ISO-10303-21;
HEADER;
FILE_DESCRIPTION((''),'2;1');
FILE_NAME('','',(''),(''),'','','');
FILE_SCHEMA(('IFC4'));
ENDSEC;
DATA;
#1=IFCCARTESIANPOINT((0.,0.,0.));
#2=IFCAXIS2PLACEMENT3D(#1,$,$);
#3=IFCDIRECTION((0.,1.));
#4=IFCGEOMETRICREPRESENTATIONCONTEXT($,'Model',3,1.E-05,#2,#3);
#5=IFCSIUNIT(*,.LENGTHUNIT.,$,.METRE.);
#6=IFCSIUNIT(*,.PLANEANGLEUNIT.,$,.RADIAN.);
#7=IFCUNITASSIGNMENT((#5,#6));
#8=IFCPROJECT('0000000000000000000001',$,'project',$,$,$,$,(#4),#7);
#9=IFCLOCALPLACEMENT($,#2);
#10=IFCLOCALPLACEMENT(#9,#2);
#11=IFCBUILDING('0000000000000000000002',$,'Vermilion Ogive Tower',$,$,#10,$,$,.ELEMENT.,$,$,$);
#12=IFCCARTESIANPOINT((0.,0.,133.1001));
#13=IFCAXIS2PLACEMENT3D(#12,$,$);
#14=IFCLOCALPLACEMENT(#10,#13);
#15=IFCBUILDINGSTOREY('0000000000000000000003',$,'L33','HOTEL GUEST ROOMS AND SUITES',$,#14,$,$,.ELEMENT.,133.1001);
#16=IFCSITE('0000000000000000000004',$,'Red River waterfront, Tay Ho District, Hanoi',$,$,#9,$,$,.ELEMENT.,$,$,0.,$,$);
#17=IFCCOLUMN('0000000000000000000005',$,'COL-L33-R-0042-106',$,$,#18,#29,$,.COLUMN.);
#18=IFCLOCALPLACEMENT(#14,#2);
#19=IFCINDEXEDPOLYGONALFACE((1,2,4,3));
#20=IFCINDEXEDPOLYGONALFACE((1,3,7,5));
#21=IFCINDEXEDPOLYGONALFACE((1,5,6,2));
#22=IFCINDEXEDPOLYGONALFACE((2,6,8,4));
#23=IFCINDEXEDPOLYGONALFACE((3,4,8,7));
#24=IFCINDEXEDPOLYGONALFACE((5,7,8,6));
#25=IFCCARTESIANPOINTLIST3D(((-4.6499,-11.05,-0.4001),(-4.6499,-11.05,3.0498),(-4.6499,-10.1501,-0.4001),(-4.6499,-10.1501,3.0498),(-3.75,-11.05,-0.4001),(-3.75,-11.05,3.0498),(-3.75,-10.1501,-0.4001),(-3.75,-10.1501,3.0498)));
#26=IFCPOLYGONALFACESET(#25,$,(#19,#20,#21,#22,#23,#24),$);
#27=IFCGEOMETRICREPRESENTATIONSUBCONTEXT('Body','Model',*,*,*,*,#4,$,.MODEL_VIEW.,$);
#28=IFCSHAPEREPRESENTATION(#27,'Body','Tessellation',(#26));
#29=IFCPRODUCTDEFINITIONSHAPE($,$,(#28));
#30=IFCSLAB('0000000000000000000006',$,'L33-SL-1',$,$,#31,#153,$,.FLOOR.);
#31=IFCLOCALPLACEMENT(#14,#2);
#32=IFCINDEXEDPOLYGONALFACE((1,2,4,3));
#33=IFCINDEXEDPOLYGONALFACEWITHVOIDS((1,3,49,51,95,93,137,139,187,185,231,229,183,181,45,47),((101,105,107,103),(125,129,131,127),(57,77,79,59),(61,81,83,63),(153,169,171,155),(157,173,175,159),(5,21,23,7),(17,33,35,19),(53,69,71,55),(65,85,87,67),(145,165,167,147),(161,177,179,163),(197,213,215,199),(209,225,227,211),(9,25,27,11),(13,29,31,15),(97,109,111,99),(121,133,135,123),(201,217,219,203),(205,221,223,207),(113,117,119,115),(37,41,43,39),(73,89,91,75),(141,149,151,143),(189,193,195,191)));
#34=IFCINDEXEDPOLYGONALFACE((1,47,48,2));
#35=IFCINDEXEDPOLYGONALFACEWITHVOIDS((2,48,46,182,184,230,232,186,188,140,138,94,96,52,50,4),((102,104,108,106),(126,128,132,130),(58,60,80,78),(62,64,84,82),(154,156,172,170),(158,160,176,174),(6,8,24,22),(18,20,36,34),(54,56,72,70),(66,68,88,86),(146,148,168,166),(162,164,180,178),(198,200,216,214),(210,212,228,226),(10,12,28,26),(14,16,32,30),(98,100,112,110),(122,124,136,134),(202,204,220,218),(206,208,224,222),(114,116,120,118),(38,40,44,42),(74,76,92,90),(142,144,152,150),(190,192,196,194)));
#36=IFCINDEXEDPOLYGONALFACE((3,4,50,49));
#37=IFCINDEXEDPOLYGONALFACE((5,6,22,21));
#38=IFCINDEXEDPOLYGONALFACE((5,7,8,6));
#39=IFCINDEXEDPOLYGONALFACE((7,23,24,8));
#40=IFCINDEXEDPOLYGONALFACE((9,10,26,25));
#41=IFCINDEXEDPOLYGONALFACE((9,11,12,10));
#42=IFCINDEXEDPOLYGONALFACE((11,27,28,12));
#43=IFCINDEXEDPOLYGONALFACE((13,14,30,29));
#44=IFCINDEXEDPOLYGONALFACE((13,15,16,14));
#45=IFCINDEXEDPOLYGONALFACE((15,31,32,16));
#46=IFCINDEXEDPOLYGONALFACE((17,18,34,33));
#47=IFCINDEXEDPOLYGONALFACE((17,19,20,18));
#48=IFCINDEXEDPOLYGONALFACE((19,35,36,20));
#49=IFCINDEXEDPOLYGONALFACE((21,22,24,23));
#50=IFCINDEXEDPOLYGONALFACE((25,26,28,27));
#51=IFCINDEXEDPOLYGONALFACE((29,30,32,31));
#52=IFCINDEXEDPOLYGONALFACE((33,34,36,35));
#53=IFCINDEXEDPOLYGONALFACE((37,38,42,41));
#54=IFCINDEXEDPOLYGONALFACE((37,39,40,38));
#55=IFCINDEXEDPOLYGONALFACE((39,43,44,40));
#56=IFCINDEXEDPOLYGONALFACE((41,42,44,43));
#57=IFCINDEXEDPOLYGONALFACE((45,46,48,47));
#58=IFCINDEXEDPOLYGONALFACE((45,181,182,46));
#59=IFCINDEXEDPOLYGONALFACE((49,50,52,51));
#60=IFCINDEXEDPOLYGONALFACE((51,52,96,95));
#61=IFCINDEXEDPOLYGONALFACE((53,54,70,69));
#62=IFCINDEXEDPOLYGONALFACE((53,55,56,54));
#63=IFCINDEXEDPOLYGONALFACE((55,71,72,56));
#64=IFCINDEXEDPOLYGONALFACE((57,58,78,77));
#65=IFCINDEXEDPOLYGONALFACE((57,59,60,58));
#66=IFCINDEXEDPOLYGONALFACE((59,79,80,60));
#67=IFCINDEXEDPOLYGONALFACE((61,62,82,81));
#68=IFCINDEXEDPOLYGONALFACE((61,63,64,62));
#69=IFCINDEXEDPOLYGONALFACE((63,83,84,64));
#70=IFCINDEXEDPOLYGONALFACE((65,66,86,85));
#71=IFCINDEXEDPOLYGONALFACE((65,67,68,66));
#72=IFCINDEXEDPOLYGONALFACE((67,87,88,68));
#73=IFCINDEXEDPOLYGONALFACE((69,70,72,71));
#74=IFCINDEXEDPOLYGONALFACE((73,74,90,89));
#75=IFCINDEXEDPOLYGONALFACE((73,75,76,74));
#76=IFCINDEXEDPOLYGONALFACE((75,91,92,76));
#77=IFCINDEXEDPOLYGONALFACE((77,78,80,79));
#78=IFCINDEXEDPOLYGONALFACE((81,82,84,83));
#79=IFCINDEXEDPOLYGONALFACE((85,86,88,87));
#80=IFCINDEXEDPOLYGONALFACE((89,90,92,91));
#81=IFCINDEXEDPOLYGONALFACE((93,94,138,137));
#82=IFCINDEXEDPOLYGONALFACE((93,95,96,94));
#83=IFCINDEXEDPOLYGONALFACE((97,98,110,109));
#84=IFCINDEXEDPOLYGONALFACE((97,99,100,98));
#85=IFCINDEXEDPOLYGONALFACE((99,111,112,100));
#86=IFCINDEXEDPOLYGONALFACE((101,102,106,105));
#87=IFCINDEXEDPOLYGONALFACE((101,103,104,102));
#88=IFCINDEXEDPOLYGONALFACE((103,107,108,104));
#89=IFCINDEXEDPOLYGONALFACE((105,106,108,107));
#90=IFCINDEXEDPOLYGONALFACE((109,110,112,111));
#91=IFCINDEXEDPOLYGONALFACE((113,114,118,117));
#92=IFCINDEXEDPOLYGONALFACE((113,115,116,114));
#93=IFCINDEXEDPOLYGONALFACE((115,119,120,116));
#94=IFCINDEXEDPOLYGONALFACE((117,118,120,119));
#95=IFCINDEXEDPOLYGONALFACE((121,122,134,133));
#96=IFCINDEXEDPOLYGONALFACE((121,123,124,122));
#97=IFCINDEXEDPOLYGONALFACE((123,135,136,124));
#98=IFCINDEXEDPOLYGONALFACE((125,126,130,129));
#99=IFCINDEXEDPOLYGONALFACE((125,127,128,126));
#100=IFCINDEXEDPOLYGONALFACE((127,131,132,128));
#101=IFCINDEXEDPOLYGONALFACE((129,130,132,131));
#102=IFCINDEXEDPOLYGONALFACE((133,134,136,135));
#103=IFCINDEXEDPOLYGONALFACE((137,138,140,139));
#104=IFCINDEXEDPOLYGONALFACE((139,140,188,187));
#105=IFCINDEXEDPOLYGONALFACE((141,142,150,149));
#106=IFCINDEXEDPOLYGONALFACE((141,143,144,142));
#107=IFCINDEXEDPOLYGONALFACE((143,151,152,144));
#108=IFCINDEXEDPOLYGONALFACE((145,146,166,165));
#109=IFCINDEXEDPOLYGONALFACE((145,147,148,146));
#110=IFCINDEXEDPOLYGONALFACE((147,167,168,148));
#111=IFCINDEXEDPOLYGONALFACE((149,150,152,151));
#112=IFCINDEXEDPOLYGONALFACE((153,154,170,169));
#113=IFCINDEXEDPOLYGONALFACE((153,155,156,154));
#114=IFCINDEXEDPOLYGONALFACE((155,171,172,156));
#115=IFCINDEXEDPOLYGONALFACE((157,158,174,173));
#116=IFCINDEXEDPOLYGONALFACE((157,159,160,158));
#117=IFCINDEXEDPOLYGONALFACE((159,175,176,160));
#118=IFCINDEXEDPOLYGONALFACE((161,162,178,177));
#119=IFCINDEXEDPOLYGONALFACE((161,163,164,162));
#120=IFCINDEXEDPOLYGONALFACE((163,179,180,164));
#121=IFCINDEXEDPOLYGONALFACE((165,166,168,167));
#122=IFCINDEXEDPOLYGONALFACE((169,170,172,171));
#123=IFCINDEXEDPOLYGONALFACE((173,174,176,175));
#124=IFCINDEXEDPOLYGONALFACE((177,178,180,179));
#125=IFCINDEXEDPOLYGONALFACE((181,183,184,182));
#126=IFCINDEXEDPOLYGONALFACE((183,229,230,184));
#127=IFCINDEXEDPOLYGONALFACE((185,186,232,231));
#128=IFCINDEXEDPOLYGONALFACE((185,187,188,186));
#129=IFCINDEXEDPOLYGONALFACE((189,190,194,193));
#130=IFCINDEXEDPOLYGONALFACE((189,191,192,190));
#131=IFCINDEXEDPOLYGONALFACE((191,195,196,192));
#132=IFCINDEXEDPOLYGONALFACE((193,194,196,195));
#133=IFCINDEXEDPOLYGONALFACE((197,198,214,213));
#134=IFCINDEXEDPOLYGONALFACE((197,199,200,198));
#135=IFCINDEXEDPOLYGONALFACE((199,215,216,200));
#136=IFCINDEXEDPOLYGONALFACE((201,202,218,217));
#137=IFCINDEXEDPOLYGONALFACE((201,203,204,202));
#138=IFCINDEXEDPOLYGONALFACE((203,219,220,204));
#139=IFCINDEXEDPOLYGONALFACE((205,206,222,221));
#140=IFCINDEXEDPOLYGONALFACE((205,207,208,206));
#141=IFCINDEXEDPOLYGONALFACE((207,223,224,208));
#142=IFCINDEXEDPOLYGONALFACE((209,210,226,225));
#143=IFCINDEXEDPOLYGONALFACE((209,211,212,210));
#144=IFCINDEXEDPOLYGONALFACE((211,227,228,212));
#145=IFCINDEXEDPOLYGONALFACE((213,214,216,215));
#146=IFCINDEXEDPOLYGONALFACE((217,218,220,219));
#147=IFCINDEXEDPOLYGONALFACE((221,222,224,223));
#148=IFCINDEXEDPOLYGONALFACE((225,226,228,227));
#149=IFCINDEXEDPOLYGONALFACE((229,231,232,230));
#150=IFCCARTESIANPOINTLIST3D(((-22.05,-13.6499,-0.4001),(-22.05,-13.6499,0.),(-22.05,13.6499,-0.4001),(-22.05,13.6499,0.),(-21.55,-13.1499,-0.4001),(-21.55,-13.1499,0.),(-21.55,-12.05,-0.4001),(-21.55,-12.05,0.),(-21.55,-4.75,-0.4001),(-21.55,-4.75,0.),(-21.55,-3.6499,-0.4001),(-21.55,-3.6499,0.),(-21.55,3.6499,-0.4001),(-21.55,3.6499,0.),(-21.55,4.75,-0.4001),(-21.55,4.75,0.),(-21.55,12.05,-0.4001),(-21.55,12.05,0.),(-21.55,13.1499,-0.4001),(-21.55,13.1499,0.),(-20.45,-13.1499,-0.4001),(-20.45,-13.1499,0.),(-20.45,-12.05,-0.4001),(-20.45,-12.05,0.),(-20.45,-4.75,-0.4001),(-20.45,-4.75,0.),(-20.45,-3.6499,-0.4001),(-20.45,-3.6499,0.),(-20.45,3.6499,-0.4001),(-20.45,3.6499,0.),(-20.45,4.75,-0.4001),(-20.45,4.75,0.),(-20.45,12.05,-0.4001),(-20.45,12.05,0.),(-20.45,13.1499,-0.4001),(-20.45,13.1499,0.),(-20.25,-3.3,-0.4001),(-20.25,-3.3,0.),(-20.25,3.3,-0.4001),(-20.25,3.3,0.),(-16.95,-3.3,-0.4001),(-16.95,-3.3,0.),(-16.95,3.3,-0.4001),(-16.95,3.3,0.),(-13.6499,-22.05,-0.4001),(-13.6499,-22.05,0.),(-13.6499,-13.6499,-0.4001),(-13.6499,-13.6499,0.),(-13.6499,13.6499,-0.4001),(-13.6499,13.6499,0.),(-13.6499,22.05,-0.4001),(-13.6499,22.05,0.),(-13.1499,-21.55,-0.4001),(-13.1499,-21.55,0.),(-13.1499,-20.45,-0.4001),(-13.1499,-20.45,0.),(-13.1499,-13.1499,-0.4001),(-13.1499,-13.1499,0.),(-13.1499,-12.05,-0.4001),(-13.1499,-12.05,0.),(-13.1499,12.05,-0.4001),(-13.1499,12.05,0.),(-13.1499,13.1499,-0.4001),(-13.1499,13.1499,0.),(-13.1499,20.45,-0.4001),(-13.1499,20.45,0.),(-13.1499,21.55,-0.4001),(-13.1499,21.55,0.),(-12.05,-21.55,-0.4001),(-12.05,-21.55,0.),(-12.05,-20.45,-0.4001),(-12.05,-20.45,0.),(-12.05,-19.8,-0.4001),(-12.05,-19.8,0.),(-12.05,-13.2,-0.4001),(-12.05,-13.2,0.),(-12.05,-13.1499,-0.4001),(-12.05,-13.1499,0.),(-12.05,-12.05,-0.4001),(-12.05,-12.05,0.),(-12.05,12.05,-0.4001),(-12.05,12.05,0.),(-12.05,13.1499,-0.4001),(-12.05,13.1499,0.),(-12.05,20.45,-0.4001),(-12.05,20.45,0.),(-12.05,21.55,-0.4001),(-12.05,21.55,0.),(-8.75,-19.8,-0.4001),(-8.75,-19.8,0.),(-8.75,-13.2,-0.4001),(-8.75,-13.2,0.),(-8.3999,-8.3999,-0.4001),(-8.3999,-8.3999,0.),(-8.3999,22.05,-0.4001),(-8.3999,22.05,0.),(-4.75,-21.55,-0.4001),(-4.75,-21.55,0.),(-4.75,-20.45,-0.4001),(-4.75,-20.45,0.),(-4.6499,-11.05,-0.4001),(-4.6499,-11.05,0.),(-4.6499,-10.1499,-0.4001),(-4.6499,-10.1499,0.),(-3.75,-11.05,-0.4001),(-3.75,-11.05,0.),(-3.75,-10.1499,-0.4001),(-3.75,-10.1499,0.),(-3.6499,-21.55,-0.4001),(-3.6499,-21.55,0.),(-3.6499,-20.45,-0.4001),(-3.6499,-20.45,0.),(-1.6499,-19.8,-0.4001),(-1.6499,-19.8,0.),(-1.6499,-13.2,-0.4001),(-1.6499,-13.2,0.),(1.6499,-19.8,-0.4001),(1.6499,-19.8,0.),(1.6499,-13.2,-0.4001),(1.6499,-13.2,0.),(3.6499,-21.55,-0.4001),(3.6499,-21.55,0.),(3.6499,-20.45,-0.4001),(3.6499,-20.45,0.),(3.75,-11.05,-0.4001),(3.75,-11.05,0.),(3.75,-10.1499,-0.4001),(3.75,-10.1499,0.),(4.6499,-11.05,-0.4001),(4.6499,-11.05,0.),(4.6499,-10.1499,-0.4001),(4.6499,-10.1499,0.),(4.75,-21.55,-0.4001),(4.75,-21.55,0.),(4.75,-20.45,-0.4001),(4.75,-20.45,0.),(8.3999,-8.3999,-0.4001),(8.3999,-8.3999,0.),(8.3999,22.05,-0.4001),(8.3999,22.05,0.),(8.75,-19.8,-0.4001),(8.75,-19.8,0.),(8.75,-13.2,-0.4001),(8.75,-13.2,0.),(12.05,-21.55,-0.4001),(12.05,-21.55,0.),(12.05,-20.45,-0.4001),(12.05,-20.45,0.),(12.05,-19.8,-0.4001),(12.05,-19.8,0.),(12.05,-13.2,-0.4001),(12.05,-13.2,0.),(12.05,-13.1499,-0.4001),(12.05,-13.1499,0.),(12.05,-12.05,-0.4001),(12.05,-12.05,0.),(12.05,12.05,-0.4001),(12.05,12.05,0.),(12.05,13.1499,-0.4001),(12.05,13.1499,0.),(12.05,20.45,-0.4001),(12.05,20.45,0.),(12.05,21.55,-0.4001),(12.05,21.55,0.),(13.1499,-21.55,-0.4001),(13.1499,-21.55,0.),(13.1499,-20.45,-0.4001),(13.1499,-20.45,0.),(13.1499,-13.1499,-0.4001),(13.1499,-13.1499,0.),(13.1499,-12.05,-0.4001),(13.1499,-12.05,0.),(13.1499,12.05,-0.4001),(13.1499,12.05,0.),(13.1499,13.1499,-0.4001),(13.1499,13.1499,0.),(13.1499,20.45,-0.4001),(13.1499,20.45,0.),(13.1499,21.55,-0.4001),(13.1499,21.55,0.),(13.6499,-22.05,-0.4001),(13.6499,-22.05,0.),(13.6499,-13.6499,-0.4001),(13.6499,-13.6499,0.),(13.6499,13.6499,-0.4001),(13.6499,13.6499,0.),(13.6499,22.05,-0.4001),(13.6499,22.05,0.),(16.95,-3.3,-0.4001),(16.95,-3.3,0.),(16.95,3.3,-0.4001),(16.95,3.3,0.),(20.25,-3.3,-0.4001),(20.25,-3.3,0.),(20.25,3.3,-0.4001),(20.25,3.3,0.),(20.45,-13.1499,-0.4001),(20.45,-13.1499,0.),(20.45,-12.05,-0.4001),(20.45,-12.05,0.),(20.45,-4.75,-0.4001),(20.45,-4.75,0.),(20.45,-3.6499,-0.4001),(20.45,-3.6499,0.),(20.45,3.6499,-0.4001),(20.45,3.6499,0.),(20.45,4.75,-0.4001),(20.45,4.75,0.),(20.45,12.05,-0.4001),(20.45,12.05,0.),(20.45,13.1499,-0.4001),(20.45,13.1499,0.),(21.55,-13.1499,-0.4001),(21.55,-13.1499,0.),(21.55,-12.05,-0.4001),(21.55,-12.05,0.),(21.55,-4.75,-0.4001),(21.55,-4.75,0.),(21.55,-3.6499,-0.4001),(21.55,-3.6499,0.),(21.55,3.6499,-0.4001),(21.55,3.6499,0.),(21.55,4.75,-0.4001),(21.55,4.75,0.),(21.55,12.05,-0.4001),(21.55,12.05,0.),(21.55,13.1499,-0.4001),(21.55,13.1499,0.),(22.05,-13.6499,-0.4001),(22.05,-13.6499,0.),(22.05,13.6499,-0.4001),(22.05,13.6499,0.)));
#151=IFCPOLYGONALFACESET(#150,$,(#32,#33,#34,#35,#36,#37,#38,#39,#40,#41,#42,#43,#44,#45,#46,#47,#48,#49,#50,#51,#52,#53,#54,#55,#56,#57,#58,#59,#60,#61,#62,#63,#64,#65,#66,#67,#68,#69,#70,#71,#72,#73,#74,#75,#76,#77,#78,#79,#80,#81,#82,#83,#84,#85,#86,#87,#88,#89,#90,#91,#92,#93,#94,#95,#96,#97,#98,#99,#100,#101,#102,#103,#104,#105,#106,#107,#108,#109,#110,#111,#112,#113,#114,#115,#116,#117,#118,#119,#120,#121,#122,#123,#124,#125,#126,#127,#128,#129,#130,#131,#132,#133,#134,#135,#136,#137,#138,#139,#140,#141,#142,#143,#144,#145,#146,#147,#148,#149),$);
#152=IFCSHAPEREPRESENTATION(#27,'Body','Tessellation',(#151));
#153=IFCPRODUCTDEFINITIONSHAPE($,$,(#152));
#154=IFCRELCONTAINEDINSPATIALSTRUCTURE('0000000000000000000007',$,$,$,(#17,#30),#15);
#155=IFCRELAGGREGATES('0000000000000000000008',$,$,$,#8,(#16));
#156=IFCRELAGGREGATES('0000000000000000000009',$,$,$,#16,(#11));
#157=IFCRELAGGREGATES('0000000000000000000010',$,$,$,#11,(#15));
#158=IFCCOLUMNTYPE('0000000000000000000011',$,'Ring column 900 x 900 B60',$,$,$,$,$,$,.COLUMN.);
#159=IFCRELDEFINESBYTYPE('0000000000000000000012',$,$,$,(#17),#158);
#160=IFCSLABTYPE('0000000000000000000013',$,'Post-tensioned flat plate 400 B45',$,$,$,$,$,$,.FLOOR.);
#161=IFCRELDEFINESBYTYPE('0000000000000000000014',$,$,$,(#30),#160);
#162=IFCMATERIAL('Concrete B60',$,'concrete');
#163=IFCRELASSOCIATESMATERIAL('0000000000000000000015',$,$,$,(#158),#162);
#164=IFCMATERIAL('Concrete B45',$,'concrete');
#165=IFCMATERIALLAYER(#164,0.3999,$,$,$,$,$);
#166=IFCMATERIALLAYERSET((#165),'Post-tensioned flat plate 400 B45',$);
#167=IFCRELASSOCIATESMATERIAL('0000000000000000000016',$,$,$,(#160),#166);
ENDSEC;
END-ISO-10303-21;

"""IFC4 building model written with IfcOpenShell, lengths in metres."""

from ifc_helpers import new_model, si_unit, direction, frame, origin, origin_2d, place, context, subcontext, project, spatial, polyline, rectangle, outline, extrude, material, layer, layer_set, material_profile, profile_set, type_object, element, save


model = new_model("IFC4")

# Units and contexts
model_context = context("Model", 3, precision=1e-05, world=origin(), true_north=direction((0.0, 1.0)))
body_context = subcontext(model_context, "Body", "Model", "MODEL_VIEW")
ifc_project = project(units=[si_unit("LENGTHUNIT", "METRE"), si_unit("PLANEANGLEUNIT", "RADIAN")], contexts=[model_context])

# Site, building, storey
site_placement = place(None, origin())
site = spatial("IfcSite", under=ifc_project, at=site_placement, Name="Red River waterfront, Tay Ho District, Hanoi", CompositionType="ELEMENT", RefElevation=0.0)
building_placement = place(site_placement, origin())
building = spatial("IfcBuilding", under=site, at=building_placement, Name="Vermilion Ogive Tower", CompositionType="ELEMENT")
storey_placement = place(building_placement, frame((0.0, 0.0, 133.1001)))
storey = spatial("IfcBuildingStorey", under=building, at=storey_placement, Name="L33", Description="HOTEL GUEST ROOMS AND SUITES", CompositionType="ELEMENT", Elevation=133.1001)

# Column
ifc_material_1 = material(Name="Concrete B60", Category="concrete")
ifc_material_profile = material_profile(ifc_material_1, rectangle(XDim=0.8999, YDim=0.8999, at=origin_2d()), Name="900 x 900")
ifc_profile_set = profile_set([ifc_material_profile], Name="Concrete B60")
column_type = type_object("IfcColumnType", Name="Ring column 900 x 900 B60", PredefinedType="COLUMN", material=ifc_profile_set)
column_placement = place(storey_placement, frame((-4.2, -10.6001, -0.4001), z_axis=(0.0, 0.0, 1.0), x_axis=(1.0, 0.0, 0.0)))
element("IfcColumn", 1, at=column_placement, inside=storey, type_object=column_type, Name="COL-L33-R-0042-106", PredefinedType="COLUMN", context=body_context, shape_type="SweptSolid", body=[
    extrude(rectangle(XDim=0.8999, YDim=0.8999, at=origin_2d()), origin(), (0.0, 0.0, 1.0), 3.45),
])

# Slab
ifc_material_2 = material(Name="Concrete B45", Category="concrete")
ifc_layer_1 = layer(ifc_material_2, 0.3999)
ifc_layer_set_1 = layer_set([ifc_layer_1], Name="Post-tensioned flat plate 400 B45")
slab_type = type_object("IfcSlabType", Name="Post-tensioned flat plate 400 B45", PredefinedType="FLOOR", material=ifc_layer_set_1)
slab_placement = place(storey_placement, frame((0.0, 0.0, -0.4001)))
element("IfcSlab", 2, at=slab_placement, inside=storey, type_object=slab_type, Name="L33-SL-1", PredefinedType="FLOOR", context=body_context, shape_type="SweptSolid", body=[
    extrude(outline(polyline([(-13.6499, -13.6499), (-22.05, -13.6499), (-22.05, 13.6499), (-13.6499, 13.6499), (-13.6499, 22.05), (-8.3999, 22.05), (-8.3999, -8.3999), (8.3999, -8.3999), (8.3999, 22.05), (13.6499, 22.05), (13.6499, 13.6499), (22.05, 13.6499), (22.05, -13.6499), (13.6499, -13.6499), (13.6499, -22.05), (-13.6499, -22.05), (-13.6499, -13.6499)]), holes=[polyline([(21.55, 12.05), (21.55, 13.1499), (20.45, 13.1499), (20.45, 12.05), (21.55, 12.05)]), polyline([(21.55, 3.6499), (21.55, 4.75), (20.45, 4.75), (20.45, 3.6499), (21.55, 3.6499)]), polyline([(21.55, -4.75), (21.55, -3.6499), (20.45, -3.6499), (20.45, -4.75), (21.55, -4.75)]), polyline([(21.55, -13.1499), (21.55, -12.05), (20.45, -12.05), (20.45, -13.1499), (21.55, -13.1499)]), polyline([(20.25, -3.3), (20.25, 3.3), (16.95, 3.3), (16.95, -3.3), (20.25, -3.3)]), polyline([(13.1499, 20.45), (13.1499, 21.55), (12.05, 21.55), (12.05, 20.45), (13.1499, 20.45)]), polyline([(13.1499, 12.05), (13.1499, 13.1499), (12.05, 13.1499), (12.05, 12.05), (13.1499, 12.05)]), polyline([(13.1499, -13.1499), (13.1499, -12.05), (12.05, -12.05), (12.05, -13.1499), (13.1499, -13.1499)]), polyline([(13.1499, -21.55), (13.1499, -20.45), (12.05, -20.45), (12.05, -21.55), (13.1499, -21.55)]), polyline([(12.05, -19.8), (12.05, -13.2), (8.75, -13.2), (8.75, -19.8), (12.05, -19.8)]), polyline([(4.75, -20.45), (3.6499, -20.45), (3.6499, -21.55), (4.75, -21.55), (4.75, -20.45)]), polyline([(4.6499, -11.05), (4.6499, -10.1499), (3.75, -10.1499), (3.75, -11.05), (4.6499, -11.05)]), polyline([(1.6499, -19.8), (1.6499, -13.2), (-1.6499, -13.2), (-1.6499, -19.8), (1.6499, -19.8)]), polyline([(-3.6499, -21.55), (-3.6499, -20.45), (-4.75, -20.45), (-4.75, -21.55), (-3.6499, -21.55)]), polyline([(-3.75, -11.05), (-3.75, -10.1499), (-4.6499, -10.1499), (-4.6499, -11.05), (-3.75, -11.05)]), polyline([(-8.75, -19.8), (-8.75, -13.2), (-12.05, -13.2), (-12.05, -19.8), (-8.75, -19.8)]), polyline([(-12.05, 20.45), (-12.05, 21.55), (-13.1499, 21.55), (-13.1499, 20.45), (-12.05, 20.45)]), polyline([(-12.05, 12.05), (-12.05, 13.1499), (-13.1499, 13.1499), (-13.1499, 12.05), (-12.05, 12.05)]), polyline([(-12.05, -13.1499), (-12.05, -12.05), (-13.1499, -12.05), (-13.1499, -13.1499), (-12.05, -13.1499)]), polyline([(-12.05, -20.45), (-13.1499, -20.45), (-13.1499, -21.55), (-12.05, -21.55), (-12.05, -20.45)]), polyline([(-16.95, -3.3), (-16.95, 3.3), (-20.25, 3.3), (-20.25, -3.3), (-16.95, -3.3)]), polyline([(-20.45, -13.1499), (-20.45, -12.05), (-21.55, -12.05), (-21.55, -13.1499), (-20.45, -13.1499)]), polyline([(-20.45, 12.05), (-20.45, 13.1499), (-21.55, 13.1499), (-21.55, 12.05), (-20.45, 12.05)]), polyline([(-20.45, 3.6499), (-20.45, 4.75), (-21.55, 4.75), (-21.55, 3.6499), (-20.45, 3.6499)]), polyline([(-20.45, -4.75), (-20.45, -3.6499), (-21.55, -3.6499), (-21.55, -4.75), (-20.45, -4.75)])]), origin(), (0.0, 0.0, 1.0), 0.4001),
])

save(model, "model.ifc")
